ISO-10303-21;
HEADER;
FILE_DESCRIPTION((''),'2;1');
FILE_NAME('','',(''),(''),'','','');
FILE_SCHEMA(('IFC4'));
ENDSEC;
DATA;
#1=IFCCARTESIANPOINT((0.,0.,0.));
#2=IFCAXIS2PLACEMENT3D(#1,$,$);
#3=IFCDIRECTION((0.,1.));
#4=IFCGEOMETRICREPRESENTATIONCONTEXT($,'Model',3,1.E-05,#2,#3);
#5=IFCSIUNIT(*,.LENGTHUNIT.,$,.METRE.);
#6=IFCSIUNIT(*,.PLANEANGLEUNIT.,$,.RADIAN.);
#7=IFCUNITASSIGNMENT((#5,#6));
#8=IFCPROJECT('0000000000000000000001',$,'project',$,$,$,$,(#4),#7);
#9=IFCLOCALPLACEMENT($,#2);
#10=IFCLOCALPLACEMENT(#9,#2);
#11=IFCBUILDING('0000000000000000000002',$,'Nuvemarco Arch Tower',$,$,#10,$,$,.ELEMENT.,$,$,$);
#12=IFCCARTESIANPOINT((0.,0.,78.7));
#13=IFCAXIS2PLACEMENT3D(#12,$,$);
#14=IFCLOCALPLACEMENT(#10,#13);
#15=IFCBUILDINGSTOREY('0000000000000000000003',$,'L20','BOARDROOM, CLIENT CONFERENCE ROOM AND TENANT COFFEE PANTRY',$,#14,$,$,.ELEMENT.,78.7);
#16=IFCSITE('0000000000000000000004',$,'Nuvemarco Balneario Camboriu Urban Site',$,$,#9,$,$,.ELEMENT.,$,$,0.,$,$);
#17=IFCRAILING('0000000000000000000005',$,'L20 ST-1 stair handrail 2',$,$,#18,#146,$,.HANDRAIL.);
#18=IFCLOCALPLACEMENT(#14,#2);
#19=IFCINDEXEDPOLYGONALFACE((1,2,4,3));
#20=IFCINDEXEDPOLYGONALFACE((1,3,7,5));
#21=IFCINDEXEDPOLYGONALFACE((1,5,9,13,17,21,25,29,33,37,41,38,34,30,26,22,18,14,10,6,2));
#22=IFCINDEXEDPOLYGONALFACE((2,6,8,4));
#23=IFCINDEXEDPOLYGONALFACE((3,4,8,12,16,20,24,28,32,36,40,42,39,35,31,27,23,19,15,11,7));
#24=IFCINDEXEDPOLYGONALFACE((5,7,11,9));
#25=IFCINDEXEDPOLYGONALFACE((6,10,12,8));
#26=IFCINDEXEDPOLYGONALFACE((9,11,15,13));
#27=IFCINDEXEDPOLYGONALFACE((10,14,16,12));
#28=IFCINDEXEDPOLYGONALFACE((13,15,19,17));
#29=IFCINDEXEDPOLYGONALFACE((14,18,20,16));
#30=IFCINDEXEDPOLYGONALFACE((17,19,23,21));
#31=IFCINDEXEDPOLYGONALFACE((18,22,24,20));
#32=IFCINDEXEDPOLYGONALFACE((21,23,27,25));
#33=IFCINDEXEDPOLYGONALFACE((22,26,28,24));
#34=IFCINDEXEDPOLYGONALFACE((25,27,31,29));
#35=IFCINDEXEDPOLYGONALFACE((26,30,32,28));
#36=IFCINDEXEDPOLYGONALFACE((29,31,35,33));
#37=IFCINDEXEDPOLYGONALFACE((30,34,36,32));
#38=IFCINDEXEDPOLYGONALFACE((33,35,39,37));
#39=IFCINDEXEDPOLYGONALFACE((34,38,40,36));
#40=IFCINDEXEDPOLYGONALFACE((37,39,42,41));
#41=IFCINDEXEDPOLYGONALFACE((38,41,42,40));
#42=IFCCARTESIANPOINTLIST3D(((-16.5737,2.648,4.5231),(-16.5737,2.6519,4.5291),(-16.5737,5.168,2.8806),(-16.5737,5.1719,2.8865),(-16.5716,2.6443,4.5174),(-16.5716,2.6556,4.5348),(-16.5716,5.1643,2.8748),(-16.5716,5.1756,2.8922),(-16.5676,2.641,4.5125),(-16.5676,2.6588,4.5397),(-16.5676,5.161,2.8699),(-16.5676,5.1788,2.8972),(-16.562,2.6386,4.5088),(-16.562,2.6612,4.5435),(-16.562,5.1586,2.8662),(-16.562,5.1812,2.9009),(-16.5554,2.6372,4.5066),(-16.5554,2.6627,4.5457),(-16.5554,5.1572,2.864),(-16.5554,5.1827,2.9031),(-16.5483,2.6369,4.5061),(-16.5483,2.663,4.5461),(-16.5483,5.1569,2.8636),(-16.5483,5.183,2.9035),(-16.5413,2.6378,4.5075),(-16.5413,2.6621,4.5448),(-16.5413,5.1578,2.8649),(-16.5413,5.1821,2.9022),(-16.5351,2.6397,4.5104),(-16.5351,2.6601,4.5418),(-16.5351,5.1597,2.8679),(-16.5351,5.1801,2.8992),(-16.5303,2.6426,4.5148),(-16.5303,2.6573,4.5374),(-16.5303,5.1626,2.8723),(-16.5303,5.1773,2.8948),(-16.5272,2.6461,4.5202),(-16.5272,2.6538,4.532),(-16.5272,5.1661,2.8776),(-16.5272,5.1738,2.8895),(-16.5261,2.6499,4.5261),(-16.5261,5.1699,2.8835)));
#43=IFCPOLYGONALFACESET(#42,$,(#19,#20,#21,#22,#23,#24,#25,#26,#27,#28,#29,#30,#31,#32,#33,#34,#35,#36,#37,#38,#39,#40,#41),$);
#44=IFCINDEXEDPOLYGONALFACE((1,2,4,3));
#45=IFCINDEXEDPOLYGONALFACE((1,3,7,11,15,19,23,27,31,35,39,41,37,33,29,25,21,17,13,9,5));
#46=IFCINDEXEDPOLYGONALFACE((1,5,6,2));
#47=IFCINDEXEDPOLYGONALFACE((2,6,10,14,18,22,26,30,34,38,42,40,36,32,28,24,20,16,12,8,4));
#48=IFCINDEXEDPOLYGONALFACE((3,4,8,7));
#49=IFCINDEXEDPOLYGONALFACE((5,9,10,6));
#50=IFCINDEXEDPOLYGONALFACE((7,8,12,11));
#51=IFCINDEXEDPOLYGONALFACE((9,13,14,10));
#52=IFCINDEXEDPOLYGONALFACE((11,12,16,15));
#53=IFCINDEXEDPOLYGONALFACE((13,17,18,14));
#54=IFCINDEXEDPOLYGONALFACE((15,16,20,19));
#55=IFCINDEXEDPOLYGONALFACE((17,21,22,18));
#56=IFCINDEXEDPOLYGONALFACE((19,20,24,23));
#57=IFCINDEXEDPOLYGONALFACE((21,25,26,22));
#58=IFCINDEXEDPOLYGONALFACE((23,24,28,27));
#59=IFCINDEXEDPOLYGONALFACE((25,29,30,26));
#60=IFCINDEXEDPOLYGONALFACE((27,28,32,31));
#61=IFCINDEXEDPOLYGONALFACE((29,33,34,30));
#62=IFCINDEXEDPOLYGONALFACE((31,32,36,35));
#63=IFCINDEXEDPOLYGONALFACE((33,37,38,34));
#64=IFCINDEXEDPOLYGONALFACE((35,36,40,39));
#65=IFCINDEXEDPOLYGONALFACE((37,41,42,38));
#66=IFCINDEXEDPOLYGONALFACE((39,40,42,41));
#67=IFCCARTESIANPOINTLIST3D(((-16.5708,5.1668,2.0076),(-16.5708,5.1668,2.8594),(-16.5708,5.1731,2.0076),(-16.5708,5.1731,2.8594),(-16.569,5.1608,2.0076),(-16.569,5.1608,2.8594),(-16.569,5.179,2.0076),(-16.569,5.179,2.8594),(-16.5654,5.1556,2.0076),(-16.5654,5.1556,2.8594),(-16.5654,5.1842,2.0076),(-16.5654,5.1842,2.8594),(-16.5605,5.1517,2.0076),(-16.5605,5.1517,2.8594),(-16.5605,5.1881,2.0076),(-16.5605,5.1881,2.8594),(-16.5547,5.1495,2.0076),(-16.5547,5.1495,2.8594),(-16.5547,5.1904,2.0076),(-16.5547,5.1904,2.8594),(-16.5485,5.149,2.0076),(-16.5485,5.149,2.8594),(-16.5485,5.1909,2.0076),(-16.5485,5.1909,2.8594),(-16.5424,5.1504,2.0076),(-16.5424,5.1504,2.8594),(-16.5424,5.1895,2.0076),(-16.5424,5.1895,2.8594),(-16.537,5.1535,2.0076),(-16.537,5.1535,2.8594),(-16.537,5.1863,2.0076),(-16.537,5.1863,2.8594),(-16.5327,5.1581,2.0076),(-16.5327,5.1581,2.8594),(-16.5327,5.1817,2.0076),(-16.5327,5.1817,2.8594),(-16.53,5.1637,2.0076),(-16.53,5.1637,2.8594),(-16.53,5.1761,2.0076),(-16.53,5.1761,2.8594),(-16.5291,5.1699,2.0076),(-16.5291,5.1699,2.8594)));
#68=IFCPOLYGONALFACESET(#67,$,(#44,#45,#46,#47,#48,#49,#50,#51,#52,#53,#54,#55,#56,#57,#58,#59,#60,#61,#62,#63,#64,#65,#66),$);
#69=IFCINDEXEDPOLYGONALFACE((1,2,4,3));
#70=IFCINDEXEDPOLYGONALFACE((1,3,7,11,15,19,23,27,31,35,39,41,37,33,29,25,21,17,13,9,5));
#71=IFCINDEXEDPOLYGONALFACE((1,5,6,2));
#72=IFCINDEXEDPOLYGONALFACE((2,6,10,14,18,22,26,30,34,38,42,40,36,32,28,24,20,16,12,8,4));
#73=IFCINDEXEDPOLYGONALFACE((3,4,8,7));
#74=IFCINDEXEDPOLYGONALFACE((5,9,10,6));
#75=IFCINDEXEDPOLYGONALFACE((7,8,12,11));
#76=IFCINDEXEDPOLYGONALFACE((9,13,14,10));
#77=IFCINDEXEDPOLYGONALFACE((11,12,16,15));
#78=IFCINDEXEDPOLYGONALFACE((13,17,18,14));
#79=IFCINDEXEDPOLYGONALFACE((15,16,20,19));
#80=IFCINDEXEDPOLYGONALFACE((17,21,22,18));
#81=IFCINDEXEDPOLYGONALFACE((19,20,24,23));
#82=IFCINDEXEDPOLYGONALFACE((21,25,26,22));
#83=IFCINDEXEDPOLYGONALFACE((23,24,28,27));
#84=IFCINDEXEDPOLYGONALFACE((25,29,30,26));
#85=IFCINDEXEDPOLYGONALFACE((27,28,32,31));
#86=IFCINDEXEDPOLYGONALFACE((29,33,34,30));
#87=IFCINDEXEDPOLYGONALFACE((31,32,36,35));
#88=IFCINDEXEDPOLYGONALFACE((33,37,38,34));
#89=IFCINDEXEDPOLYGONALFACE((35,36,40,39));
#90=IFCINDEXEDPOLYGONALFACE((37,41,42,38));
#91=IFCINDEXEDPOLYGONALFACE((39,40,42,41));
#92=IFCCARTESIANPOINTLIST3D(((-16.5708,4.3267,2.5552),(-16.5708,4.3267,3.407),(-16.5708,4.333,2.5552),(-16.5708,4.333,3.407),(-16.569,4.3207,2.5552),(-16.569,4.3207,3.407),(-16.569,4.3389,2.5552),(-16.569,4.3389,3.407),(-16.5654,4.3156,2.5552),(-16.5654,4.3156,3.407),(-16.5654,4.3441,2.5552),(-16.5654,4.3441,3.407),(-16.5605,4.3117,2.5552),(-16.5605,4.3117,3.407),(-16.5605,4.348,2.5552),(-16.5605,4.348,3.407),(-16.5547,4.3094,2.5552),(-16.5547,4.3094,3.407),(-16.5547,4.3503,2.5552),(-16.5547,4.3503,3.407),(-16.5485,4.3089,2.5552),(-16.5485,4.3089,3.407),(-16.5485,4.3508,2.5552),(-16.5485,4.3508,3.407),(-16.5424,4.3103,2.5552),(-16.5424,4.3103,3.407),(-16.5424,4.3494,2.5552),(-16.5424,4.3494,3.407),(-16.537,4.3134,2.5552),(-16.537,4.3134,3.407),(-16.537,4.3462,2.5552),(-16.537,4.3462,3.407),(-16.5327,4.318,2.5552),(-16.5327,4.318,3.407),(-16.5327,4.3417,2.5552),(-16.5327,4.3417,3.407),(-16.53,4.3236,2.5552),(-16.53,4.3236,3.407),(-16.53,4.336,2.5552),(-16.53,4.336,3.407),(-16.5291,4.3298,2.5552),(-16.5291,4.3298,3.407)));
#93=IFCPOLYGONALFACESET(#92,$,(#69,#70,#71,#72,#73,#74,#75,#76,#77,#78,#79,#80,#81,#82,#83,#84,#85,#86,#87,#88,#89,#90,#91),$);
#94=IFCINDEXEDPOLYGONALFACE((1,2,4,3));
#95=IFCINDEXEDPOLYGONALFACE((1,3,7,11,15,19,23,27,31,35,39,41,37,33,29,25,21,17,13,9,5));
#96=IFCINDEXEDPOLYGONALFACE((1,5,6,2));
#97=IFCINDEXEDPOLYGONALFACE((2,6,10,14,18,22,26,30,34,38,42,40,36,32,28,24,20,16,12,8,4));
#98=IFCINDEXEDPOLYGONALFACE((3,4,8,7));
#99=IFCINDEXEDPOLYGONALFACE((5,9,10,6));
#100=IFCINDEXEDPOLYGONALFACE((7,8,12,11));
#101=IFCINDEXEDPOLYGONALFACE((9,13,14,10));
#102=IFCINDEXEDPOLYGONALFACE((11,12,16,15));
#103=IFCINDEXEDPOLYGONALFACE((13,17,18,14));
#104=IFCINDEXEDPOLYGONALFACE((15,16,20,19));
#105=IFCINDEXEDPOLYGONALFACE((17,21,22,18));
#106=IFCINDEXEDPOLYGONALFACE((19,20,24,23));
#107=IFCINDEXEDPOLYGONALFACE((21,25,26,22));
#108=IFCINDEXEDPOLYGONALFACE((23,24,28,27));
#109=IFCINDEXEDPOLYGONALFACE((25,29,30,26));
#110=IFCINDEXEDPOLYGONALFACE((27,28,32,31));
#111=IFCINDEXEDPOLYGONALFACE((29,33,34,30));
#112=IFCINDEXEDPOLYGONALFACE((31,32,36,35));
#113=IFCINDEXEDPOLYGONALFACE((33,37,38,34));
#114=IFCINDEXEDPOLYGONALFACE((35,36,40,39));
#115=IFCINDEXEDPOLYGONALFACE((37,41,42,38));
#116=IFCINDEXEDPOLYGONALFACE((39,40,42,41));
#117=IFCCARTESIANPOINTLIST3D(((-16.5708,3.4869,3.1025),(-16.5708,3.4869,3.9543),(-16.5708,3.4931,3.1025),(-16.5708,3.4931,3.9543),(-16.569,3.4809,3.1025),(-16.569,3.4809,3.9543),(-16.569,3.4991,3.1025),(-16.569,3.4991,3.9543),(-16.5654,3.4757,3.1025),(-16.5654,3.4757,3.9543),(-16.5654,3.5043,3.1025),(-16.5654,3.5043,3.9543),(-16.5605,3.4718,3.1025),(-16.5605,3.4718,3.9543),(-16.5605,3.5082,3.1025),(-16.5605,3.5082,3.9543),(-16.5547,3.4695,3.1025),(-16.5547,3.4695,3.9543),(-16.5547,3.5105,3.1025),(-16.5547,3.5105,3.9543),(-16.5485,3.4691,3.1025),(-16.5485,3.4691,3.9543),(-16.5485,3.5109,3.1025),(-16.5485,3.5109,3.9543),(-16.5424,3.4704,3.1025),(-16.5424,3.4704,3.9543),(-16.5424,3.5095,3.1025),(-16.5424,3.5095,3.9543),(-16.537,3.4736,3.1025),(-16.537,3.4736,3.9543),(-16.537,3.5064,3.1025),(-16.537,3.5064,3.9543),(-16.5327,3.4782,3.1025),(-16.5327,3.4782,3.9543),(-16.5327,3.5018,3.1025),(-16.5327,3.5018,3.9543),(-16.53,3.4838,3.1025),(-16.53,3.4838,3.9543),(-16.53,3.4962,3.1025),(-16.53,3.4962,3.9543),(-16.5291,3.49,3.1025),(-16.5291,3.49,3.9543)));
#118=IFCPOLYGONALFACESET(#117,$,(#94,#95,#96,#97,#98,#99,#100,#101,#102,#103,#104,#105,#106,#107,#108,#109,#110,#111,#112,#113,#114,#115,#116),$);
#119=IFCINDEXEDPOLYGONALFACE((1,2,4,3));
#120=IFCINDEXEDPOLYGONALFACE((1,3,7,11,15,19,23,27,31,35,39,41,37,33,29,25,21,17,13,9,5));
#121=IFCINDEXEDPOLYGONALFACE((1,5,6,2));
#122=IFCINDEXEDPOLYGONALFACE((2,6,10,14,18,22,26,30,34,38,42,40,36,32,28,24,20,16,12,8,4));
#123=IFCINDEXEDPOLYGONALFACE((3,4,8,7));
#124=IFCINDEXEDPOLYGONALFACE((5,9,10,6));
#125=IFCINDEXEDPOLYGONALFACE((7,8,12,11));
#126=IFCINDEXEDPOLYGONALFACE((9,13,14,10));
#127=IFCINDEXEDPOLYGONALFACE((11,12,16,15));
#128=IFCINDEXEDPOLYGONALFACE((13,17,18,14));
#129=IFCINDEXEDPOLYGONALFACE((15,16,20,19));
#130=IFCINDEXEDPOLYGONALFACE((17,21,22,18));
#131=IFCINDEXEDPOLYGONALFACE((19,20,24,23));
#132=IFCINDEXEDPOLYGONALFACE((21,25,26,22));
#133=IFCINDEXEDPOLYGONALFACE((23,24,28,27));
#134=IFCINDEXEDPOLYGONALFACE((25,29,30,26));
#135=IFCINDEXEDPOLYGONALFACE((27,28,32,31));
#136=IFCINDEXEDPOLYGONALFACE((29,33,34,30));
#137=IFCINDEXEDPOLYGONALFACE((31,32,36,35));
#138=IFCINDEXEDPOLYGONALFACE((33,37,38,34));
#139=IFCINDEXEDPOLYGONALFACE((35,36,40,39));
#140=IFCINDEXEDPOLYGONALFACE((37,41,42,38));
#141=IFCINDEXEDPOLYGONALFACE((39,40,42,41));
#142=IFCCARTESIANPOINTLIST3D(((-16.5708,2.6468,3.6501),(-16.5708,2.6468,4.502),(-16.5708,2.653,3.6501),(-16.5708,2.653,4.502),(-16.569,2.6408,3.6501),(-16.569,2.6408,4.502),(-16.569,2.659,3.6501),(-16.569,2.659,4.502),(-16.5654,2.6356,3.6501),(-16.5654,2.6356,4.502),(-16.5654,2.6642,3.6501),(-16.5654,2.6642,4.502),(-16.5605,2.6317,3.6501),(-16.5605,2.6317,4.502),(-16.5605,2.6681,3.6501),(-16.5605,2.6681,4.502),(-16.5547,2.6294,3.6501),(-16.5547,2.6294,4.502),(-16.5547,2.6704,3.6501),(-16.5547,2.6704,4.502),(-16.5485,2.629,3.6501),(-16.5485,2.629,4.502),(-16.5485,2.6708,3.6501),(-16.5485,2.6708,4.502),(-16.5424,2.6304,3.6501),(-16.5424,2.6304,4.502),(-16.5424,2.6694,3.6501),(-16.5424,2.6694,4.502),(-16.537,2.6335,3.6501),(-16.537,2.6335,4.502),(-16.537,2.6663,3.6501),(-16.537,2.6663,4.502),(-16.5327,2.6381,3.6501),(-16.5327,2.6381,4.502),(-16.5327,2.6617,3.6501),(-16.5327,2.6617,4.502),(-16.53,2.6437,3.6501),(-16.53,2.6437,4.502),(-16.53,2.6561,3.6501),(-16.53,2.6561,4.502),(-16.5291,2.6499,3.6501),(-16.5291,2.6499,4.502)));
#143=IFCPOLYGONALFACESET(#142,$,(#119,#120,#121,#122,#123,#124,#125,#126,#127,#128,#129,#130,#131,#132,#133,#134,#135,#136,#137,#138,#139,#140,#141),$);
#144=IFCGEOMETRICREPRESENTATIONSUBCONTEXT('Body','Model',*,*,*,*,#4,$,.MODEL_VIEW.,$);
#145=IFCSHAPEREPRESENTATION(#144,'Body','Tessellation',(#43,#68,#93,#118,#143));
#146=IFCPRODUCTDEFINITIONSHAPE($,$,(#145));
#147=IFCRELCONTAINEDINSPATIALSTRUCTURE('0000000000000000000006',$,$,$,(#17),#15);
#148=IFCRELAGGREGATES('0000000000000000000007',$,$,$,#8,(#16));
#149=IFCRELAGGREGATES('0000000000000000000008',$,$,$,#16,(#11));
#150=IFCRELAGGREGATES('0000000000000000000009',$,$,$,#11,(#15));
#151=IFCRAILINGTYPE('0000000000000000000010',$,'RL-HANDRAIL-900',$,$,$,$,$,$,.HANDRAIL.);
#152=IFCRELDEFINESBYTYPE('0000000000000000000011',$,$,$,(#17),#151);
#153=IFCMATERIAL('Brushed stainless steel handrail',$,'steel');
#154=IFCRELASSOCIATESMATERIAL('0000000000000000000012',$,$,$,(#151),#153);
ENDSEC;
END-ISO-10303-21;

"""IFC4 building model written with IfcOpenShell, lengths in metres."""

from ifc_helpers import new_model, si_unit, direction, frame, origin, origin_2d, place, context, subcontext, project, spatial, circle, extrude, material, type_object, element, save


model = new_model("IFC4")

# Units and contexts
model_context = context("Model", 3, precision=1e-05, world=origin(), true_north=direction((0.0, 1.0)))
body_context = subcontext(model_context, "Body", "Model", "MODEL_VIEW")
ifc_project = project(units=[si_unit("LENGTHUNIT", "METRE"), si_unit("PLANEANGLEUNIT", "RADIAN")], contexts=[model_context])

# Site, building, storey
site_placement = place(None, origin())
site = spatial("IfcSite", under=ifc_project, at=site_placement, Name="Nuvemarco Balneario Camboriu Urban Site", CompositionType="ELEMENT", RefElevation=0.0)
building_placement = place(site_placement, origin())
building = spatial("IfcBuilding", under=site, at=building_placement, Name="Nuvemarco Arch Tower", CompositionType="ELEMENT")
storey_placement = place(building_placement, frame((0.0, 0.0, 78.7)))
storey = spatial("IfcBuildingStorey", under=building, at=storey_placement, Name="L20", Description="BOARDROOM, CLIENT CONFERENCE ROOM AND TENANT COFFEE PANTRY", CompositionType="ELEMENT", Elevation=78.7)

# Railing
ifc_material_1 = material(Name="Brushed stainless steel handrail", Category="steel")
railing_type_1 = type_object("IfcRailingType", Name="RL-HANDRAIL-900", PredefinedType="HANDRAIL", material=ifc_material_1)
railing_1_placement = place(storey_placement, frame((-16.55, 5.1699, 2.0076)))
element("IfcRailing", 1, at=railing_1_placement, inside=storey, type_object=railing_type_1, Name="L20 ST-1 stair handrail 2", PredefinedType="HANDRAIL", context=body_context, shape_type="SweptSolid", body=[
    extrude(circle(Radius=0.0239, at=origin_2d()), frame((0.0, 0.0, 0.876), z_axis=(0.0, -0.837749, 0.546055), x_axis=(1.0, 0.0, 0.0)), (0.0, 0.0, 1.0), 3.0081),
    extrude(circle(Radius=0.021, at=origin_2d()), origin(), (0.0, 0.0, 1.0), 0.8518),
    extrude(circle(Radius=0.021, at=origin_2d()), frame((0.0, -0.8401, 0.5476)), (0.0, 0.0, 1.0), 0.8518),
    extrude(circle(Radius=0.021, at=origin_2d()), frame((0.0, -1.6799, 1.095)), (0.0, 0.0, 1.0), 0.8518),
    extrude(circle(Radius=0.021, at=origin_2d()), frame((0.0, -2.52, 1.6426)), (0.0, 0.0, 1.0), 0.8518),
])

save(model, "model.ifc")
